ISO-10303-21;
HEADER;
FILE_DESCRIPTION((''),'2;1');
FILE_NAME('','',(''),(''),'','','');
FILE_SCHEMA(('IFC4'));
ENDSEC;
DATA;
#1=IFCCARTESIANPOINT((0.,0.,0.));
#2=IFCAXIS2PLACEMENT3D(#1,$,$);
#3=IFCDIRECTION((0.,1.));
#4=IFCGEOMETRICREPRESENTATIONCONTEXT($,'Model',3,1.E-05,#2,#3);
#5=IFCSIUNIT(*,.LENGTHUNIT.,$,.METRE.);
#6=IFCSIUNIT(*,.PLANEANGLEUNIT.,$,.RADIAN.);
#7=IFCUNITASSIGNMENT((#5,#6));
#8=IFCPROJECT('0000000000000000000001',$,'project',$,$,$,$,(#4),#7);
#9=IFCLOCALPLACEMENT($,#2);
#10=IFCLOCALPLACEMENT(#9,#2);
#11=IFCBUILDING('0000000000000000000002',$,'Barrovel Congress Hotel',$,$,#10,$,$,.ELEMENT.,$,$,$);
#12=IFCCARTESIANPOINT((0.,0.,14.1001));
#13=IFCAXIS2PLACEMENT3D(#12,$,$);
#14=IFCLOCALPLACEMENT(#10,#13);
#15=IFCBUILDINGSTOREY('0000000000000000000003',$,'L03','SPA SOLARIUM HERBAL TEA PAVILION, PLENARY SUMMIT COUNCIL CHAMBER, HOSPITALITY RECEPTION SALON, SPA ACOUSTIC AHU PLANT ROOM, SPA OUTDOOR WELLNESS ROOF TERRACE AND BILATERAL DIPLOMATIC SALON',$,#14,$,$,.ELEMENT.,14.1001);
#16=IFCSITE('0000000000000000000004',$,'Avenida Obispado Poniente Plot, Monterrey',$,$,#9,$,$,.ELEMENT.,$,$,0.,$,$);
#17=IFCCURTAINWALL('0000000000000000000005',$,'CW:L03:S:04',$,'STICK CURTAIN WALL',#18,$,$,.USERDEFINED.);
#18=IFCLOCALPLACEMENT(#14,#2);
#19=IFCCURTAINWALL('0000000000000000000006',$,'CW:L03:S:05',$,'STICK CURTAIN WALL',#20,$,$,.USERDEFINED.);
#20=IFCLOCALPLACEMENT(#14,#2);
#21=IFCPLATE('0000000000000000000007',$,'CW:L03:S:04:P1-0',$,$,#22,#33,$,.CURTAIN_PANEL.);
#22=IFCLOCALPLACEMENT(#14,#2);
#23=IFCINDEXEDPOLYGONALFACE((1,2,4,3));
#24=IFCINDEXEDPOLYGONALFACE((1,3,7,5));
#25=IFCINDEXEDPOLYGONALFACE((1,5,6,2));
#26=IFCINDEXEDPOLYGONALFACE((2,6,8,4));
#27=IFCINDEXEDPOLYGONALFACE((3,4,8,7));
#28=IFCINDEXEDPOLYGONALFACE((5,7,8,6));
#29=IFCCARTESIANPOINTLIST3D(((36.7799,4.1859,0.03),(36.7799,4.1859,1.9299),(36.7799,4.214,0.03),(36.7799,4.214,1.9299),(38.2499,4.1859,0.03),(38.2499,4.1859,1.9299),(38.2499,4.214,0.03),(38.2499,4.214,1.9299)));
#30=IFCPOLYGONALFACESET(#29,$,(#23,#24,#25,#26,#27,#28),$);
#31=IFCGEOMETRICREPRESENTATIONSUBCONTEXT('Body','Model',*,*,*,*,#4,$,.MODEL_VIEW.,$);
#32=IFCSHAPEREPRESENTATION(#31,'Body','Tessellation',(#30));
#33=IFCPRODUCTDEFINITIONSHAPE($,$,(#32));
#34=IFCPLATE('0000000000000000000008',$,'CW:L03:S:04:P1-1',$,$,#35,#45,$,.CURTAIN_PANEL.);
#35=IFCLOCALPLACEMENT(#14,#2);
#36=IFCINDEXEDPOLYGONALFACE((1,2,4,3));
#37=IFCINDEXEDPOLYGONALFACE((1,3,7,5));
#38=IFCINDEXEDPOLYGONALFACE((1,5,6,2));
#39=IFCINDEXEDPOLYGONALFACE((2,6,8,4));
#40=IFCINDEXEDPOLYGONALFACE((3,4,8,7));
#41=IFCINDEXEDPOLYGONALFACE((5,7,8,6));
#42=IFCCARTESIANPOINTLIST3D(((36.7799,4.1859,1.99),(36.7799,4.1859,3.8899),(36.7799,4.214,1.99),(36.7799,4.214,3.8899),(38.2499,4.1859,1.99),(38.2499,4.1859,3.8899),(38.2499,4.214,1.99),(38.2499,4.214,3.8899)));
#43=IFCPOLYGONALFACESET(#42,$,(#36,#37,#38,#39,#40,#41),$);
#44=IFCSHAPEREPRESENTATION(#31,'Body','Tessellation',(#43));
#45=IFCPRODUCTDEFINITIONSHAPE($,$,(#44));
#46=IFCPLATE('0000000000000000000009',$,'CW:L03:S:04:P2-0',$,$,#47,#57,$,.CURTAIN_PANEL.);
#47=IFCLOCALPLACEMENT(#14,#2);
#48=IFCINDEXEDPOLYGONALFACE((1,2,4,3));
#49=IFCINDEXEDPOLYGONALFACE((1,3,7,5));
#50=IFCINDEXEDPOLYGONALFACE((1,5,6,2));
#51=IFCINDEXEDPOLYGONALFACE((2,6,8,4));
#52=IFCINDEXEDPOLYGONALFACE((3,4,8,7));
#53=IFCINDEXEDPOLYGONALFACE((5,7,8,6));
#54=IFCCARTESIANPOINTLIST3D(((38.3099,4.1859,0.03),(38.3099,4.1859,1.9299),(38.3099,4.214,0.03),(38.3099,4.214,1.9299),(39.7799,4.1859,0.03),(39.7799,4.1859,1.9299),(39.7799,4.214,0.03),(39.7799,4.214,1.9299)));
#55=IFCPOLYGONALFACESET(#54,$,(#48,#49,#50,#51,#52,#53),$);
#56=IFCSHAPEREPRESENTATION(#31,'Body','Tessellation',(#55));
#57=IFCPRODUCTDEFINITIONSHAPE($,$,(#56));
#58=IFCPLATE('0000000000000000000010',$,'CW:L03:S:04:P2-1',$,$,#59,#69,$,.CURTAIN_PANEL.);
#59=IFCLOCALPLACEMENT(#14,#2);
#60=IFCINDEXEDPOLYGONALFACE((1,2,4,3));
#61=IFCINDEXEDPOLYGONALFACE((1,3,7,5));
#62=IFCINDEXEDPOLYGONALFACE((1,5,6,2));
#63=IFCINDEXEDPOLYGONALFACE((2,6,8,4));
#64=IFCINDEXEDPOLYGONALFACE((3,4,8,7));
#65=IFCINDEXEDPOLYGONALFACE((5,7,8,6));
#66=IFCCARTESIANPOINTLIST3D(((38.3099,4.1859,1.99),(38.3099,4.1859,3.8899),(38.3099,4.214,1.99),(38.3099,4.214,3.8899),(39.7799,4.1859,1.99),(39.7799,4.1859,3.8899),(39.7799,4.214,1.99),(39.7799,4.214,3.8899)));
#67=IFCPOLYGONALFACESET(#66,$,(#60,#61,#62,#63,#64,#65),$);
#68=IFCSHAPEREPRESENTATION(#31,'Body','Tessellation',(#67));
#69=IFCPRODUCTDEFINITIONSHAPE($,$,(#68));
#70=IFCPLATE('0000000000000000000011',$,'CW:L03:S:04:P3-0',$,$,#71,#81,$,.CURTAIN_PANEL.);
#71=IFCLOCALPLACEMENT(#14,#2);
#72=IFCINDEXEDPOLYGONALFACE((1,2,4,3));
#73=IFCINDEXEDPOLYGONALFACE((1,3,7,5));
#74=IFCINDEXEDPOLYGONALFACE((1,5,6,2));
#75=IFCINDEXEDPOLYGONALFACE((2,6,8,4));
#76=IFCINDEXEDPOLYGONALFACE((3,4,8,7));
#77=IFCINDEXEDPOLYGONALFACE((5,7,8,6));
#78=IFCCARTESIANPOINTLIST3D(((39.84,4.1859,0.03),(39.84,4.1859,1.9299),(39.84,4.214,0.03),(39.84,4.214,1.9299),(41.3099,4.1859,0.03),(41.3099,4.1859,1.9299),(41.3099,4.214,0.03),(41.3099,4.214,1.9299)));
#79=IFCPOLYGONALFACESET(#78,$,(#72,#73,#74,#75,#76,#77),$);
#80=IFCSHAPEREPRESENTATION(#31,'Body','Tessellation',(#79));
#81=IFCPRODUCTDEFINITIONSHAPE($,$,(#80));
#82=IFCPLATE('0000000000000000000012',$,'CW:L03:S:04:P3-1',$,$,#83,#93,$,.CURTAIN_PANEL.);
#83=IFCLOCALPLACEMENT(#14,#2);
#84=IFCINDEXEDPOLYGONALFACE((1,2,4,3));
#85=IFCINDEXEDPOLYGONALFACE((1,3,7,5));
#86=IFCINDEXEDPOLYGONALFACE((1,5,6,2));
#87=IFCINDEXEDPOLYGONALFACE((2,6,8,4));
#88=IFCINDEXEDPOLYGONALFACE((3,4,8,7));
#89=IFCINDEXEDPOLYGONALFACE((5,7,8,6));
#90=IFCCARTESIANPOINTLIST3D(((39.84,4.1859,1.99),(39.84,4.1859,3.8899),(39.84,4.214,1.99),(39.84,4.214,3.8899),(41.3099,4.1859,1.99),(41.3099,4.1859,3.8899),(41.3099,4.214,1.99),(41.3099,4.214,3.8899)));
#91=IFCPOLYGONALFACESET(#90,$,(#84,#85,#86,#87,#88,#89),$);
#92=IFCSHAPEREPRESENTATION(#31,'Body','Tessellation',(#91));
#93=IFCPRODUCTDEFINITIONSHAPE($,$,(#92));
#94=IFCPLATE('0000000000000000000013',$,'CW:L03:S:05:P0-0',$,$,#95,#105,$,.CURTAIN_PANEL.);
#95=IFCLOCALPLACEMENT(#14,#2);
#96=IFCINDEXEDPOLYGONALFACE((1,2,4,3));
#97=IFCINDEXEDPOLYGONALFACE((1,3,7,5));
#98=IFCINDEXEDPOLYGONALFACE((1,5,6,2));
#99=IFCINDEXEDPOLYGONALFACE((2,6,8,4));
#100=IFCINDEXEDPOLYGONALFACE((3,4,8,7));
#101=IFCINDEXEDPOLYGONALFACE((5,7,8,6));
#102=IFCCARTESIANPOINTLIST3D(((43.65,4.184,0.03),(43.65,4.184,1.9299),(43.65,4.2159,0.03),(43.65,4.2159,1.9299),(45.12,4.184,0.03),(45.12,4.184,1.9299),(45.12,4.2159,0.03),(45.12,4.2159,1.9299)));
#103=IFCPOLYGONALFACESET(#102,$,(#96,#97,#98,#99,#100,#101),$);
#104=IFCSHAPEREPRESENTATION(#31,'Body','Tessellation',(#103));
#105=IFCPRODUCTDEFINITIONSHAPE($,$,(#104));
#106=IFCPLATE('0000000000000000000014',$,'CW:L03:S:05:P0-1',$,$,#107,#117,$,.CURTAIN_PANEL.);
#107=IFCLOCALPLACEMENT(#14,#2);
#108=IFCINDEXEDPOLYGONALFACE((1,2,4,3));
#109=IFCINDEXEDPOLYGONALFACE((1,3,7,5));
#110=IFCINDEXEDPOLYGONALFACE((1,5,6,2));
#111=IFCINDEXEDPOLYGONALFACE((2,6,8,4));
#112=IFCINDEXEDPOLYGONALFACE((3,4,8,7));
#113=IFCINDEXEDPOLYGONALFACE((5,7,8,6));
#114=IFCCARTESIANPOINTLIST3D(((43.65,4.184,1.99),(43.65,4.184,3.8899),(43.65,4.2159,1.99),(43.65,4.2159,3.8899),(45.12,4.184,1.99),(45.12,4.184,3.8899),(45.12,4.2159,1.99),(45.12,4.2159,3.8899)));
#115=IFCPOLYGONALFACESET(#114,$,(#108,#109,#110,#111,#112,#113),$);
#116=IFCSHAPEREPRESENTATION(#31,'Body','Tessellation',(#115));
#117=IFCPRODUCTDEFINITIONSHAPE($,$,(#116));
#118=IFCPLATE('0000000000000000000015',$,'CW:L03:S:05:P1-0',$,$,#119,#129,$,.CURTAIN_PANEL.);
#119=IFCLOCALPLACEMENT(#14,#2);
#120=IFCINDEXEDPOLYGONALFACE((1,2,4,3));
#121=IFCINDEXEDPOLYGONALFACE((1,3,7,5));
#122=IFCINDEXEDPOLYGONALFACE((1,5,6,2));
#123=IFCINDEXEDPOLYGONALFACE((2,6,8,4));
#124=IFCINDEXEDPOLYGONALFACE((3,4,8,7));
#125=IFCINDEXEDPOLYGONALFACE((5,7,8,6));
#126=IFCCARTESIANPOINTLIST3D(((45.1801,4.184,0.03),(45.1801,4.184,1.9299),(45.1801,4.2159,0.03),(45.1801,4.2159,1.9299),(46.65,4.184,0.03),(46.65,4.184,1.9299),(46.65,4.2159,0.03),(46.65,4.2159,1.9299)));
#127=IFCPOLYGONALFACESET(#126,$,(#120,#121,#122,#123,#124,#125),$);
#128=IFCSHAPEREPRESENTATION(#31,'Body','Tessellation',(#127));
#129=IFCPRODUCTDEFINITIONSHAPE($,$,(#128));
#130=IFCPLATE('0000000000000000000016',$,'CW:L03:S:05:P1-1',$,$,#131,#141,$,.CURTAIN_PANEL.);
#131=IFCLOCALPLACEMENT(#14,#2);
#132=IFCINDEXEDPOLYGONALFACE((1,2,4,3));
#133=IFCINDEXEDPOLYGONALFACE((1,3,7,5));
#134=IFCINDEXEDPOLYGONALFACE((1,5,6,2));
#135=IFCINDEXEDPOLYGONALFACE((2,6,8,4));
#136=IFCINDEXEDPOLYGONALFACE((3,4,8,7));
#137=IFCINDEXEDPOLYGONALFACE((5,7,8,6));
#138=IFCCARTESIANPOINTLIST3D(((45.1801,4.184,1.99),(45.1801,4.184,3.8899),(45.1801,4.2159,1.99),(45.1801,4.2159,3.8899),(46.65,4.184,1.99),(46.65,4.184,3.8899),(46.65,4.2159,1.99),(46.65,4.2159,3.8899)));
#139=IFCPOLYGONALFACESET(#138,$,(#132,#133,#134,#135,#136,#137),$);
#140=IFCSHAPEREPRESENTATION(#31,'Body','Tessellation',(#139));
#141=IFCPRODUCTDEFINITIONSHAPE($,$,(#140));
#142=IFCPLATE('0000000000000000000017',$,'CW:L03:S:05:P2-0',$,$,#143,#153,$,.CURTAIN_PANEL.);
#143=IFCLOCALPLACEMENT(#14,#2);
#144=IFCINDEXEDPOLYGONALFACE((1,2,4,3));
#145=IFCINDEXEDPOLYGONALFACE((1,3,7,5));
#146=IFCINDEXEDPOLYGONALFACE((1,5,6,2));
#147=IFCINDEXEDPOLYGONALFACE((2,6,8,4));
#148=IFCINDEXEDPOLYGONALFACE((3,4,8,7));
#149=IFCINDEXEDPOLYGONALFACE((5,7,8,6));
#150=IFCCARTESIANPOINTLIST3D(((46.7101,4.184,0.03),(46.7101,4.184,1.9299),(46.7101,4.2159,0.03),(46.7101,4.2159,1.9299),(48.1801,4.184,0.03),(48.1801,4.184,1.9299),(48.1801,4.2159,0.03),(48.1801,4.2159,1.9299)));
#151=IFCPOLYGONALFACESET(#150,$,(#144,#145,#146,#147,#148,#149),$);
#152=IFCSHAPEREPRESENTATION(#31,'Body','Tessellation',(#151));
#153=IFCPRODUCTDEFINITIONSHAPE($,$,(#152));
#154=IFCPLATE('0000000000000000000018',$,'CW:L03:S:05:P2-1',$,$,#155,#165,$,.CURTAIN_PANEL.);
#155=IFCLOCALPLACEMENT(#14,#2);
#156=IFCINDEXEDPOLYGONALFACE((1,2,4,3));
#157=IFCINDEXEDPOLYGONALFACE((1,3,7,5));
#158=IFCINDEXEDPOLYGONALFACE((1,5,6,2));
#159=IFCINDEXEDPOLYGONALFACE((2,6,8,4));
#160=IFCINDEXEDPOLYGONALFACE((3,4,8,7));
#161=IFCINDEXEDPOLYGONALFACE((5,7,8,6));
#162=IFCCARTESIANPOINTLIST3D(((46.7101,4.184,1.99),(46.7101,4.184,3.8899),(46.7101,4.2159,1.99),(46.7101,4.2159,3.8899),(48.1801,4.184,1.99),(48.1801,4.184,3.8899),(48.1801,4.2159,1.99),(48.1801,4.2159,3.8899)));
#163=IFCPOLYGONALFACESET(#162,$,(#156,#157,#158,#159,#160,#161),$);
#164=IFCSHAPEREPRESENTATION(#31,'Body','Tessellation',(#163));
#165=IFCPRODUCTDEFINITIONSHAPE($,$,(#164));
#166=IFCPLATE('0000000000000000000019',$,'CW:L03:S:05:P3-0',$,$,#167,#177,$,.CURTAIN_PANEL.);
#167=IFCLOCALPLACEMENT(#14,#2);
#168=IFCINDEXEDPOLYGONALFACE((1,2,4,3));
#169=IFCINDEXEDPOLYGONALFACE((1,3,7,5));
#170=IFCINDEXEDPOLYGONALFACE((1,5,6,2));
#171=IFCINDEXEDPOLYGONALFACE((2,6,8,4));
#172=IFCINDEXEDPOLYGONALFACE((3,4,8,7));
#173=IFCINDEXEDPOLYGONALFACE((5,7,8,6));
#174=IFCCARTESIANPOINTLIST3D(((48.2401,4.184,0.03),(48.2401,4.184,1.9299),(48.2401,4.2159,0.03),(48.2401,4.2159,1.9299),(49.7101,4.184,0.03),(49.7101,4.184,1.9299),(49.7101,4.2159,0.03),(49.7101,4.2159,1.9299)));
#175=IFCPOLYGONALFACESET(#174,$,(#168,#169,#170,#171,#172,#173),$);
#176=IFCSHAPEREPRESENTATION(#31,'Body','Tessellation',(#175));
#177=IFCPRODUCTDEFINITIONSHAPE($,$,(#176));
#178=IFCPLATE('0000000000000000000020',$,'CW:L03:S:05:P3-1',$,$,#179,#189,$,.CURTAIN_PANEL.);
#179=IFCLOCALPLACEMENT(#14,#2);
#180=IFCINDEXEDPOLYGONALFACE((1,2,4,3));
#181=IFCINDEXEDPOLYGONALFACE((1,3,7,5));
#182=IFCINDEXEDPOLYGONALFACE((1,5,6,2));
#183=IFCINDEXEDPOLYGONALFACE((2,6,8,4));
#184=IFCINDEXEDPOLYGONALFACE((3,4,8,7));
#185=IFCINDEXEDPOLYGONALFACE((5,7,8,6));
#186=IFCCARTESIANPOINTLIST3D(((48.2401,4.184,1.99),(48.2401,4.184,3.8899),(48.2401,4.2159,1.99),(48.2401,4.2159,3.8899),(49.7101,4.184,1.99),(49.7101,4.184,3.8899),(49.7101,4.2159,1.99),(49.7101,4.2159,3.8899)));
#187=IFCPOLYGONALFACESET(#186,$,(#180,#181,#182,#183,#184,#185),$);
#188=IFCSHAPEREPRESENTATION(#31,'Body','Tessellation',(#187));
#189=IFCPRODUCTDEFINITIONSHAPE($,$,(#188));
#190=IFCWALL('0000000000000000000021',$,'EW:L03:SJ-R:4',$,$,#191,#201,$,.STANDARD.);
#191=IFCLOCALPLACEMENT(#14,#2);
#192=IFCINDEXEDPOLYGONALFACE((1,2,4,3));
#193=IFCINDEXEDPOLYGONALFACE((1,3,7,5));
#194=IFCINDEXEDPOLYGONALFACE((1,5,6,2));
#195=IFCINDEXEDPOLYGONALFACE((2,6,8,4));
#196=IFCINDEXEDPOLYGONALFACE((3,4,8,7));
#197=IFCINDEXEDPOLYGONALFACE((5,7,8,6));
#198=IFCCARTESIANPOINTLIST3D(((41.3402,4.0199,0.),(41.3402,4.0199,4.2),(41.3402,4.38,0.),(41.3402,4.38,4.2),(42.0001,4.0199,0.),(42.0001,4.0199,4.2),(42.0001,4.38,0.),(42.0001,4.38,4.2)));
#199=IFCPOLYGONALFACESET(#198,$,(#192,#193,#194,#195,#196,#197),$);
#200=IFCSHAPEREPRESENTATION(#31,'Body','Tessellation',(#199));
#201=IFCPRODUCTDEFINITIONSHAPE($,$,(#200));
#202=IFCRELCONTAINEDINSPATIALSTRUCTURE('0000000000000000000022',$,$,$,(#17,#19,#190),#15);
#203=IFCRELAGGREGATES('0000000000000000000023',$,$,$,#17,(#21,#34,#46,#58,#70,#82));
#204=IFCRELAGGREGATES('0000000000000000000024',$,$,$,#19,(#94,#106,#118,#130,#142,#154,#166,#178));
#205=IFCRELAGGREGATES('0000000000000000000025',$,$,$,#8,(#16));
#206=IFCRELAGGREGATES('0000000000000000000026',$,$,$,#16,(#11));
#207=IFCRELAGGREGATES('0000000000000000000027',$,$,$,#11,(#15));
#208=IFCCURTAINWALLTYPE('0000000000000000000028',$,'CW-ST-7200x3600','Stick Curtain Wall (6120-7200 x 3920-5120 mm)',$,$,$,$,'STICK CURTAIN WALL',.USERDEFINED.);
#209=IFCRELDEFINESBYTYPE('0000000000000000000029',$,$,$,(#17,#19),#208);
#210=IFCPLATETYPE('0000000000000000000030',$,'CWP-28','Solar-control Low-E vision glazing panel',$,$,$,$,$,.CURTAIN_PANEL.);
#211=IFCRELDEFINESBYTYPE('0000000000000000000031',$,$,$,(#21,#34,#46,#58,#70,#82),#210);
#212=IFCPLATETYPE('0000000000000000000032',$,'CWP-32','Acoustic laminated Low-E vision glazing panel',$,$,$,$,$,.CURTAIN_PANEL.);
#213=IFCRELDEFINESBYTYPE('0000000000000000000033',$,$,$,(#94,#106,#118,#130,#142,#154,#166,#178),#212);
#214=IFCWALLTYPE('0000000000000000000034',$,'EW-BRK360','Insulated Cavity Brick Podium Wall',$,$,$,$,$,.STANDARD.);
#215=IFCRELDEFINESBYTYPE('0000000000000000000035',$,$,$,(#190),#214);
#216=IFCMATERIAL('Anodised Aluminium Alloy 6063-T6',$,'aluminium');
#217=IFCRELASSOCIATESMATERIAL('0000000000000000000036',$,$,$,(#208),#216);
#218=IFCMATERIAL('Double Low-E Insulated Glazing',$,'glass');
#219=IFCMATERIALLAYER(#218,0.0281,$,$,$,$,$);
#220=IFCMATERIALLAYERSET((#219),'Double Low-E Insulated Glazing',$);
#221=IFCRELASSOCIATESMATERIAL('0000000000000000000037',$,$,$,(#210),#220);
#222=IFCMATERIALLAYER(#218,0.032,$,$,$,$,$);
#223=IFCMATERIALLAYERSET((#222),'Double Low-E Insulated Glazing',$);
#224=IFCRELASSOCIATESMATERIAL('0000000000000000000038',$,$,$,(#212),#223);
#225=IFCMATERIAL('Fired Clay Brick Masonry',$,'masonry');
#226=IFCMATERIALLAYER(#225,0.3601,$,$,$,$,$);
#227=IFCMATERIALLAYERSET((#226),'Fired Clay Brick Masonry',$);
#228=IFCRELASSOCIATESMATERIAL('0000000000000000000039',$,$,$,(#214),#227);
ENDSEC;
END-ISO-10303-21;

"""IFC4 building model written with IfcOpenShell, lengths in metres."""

from ifc_helpers import new_model, si_unit, direction, frame, frame_2d, origin, origin_2d, place, context, subcontext, project, spatial, rectangle, extrude, material, layer, layer_set, type_object, element, aggregate, save


model = new_model("IFC4")

# Units and contexts
model_context = context("Model", 3, precision=1e-05, world=origin(), true_north=direction((0.0, 1.0)))
body_context = subcontext(model_context, "Body", "Model", "MODEL_VIEW")
ifc_project = project(units=[si_unit("LENGTHUNIT", "METRE"), si_unit("PLANEANGLEUNIT", "RADIAN")], contexts=[model_context])

# Site, building, storey
site_placement = place(None, origin())
site = spatial("IfcSite", under=ifc_project, at=site_placement, Name="Avenida Obispado Poniente Plot, Monterrey", CompositionType="ELEMENT", RefElevation=0.0)
building_placement = place(site_placement, origin())
building = spatial("IfcBuilding", under=site, at=building_placement, Name="Barrovel Congress Hotel", CompositionType="ELEMENT")
storey_placement = place(building_placement, frame((0.0, 0.0, 14.1001)))
storey = spatial("IfcBuildingStorey", under=building, at=storey_placement, Name="L03", Description="SPA SOLARIUM HERBAL TEA PAVILION, PLENARY SUMMIT COUNCIL CHAMBER, HOSPITALITY RECEPTION SALON, SPA ACOUSTIC AHU PLANT ROOM, SPA OUTDOOR WELLNESS ROOF TERRACE AND BILATERAL DIPLOMATIC SALON", CompositionType="ELEMENT", Elevation=14.1001)

# Curtain walls
ifc_material_1 = material(Name="Anodised Aluminium Alloy 6063-T6", Category="aluminium")
curtain_wall_type = type_object("IfcCurtainWallType", Name="CW-ST-7200x3600", Description="Stick Curtain Wall (6120-7200 x 3920-5120 mm)", ElementType="STICK CURTAIN WALL", PredefinedType="USERDEFINED", material=ifc_material_1)
curtain_wall_1_placement = place(storey_placement, origin())
curtain_wall_1 = element("IfcCurtainWall", 1, at=curtain_wall_1_placement, inside=storey, type_object=curtain_wall_type, Name="CW:L03:S:04", ObjectType="STICK CURTAIN WALL", PredefinedType="USERDEFINED")
curtain_wall_2_placement = place(storey_placement, origin())
curtain_wall_2 = element("IfcCurtainWall", 2, at=curtain_wall_2_placement, inside=storey, type_object=curtain_wall_type, Name="CW:L03:S:05", ObjectType="STICK CURTAIN WALL", PredefinedType="USERDEFINED")

# Plates
ifc_material_2 = material(Name="Double Low-E Insulated Glazing", Category="glass")
ifc_layer_1 = layer(ifc_material_2, 0.0281)
ifc_layer_set_1 = layer_set([ifc_layer_1], Name="Double Low-E Insulated Glazing")
plate_type_1 = type_object("IfcPlateType", Name="CWP-28", Description="Solar-control Low-E vision glazing panel", PredefinedType="CURTAIN_PANEL", material=ifc_layer_set_1)
plate_1_placement = place(storey_placement, frame((37.5149, 4.2, 0.03), z_axis=(0.0, 0.0, 1.0), x_axis=(1.0, 0.0, 0.0)))
plate_1 = element("IfcPlate", 3, at=plate_1_placement, type_object=plate_type_1, Name="CW:L03:S:04:P1-0", PredefinedType="CURTAIN_PANEL", context=body_context, shape_type="SweptSolid", body=[
    extrude(rectangle(XDim=1.47, YDim=0.0281, at=origin_2d()), origin(), (0.0, 0.0, 1.0), 1.8999),
])
plate_2_placement = place(storey_placement, frame((37.5149, 4.2, 1.99), z_axis=(0.0, 0.0, 1.0), x_axis=(1.0, 0.0, 0.0)))
plate_2 = element("IfcPlate", 4, at=plate_2_placement, type_object=plate_type_1, Name="CW:L03:S:04:P1-1", PredefinedType="CURTAIN_PANEL", context=body_context, shape_type="SweptSolid", body=[
    extrude(rectangle(XDim=1.47, YDim=0.0281, at=origin_2d()), origin(), (0.0, 0.0, 1.0), 1.8999),
])
plate_3_placement = place(storey_placement, frame((39.0449, 4.2, 0.03), z_axis=(0.0, 0.0, 1.0), x_axis=(1.0, 0.0, 0.0)))
plate_3 = element("IfcPlate", 5, at=plate_3_placement, type_object=plate_type_1, Name="CW:L03:S:04:P2-0", PredefinedType="CURTAIN_PANEL", context=body_context, shape_type="SweptSolid", body=[
    extrude(rectangle(XDim=1.47, YDim=0.0281, at=origin_2d()), origin(), (0.0, 0.0, 1.0), 1.8999),
])
plate_4_placement = place(storey_placement, frame((39.0449, 4.2, 1.99), z_axis=(0.0, 0.0, 1.0), x_axis=(1.0, 0.0, 0.0)))
plate_4 = element("IfcPlate", 6, at=plate_4_placement, type_object=plate_type_1, Name="CW:L03:S:04:P2-1", PredefinedType="CURTAIN_PANEL", context=body_context, shape_type="SweptSolid", body=[
    extrude(rectangle(XDim=1.47, YDim=0.0281, at=origin_2d()), origin(), (0.0, 0.0, 1.0), 1.8999),
])
plate_5_placement = place(storey_placement, frame((40.575, 4.2, 0.03), z_axis=(0.0, 0.0, 1.0), x_axis=(1.0, 0.0, 0.0)))
plate_5 = element("IfcPlate", 7, at=plate_5_placement, type_object=plate_type_1, Name="CW:L03:S:04:P3-0", PredefinedType="CURTAIN_PANEL", context=body_context, shape_type="SweptSolid", body=[
    extrude(rectangle(XDim=1.47, YDim=0.0281, at=origin_2d()), origin(), (0.0, 0.0, 1.0), 1.8999),
])
plate_6_placement = place(storey_placement, frame((40.575, 4.2, 1.99), z_axis=(0.0, 0.0, 1.0), x_axis=(1.0, 0.0, 0.0)))
plate_6 = element("IfcPlate", 8, at=plate_6_placement, type_object=plate_type_1, Name="CW:L03:S:04:P3-1", PredefinedType="CURTAIN_PANEL", context=body_context, shape_type="SweptSolid", body=[
    extrude(rectangle(XDim=1.47, YDim=0.0281, at=origin_2d()), origin(), (0.0, 0.0, 1.0), 1.8999),
])
aggregate(curtain_wall_1, [plate_1, plate_2, plate_3, plate_4, plate_5, plate_6])
ifc_layer_2 = layer(ifc_material_2, 0.032)
ifc_layer_set_2 = layer_set([ifc_layer_2], Name="Double Low-E Insulated Glazing")
plate_type_2 = type_object("IfcPlateType", Name="CWP-32", Description="Acoustic laminated Low-E vision glazing panel", PredefinedType="CURTAIN_PANEL", material=ifc_layer_set_2)
plate_7_placement = place(storey_placement, frame((44.385, 4.2, 0.03), z_axis=(0.0, 0.0, 1.0), x_axis=(1.0, 0.0, 0.0)))
plate_7 = element("IfcPlate", 9, at=plate_7_placement, type_object=plate_type_2, Name="CW:L03:S:05:P0-0", PredefinedType="CURTAIN_PANEL", context=body_context, shape_type="SweptSolid", body=[
    extrude(rectangle(XDim=1.47, YDim=0.032, at=origin_2d()), origin(), (0.0, 0.0, 1.0), 1.8999),
])
plate_8_placement = place(storey_placement, frame((44.385, 4.2, 1.99), z_axis=(0.0, 0.0, 1.0), x_axis=(1.0, 0.0, 0.0)))
plate_8 = element("IfcPlate", 10, at=plate_8_placement, type_object=plate_type_2, Name="CW:L03:S:05:P0-1", PredefinedType="CURTAIN_PANEL", context=body_context, shape_type="SweptSolid", body=[
    extrude(rectangle(XDim=1.47, YDim=0.032, at=origin_2d()), origin(), (0.0, 0.0, 1.0), 1.8999),
])
plate_9_placement = place(storey_placement, frame((45.915, 4.2, 0.03), z_axis=(0.0, 0.0, 1.0), x_axis=(1.0, 0.0, 0.0)))
plate_9 = element("IfcPlate", 11, at=plate_9_placement, type_object=plate_type_2, Name="CW:L03:S:05:P1-0", PredefinedType="CURTAIN_PANEL", context=body_context, shape_type="SweptSolid", body=[
    extrude(rectangle(XDim=1.47, YDim=0.032, at=origin_2d()), origin(), (0.0, 0.0, 1.0), 1.8999),
])
plate_10_placement = place(storey_placement, frame((45.915, 4.2, 1.99), z_axis=(0.0, 0.0, 1.0), x_axis=(1.0, 0.0, 0.0)))
plate_10 = element("IfcPlate", 12, at=plate_10_placement, type_object=plate_type_2, Name="CW:L03:S:05:P1-1", PredefinedType="CURTAIN_PANEL", context=body_context, shape_type="SweptSolid", body=[
    extrude(rectangle(XDim=1.47, YDim=0.032, at=origin_2d()), origin(), (0.0, 0.0, 1.0), 1.8999),
])
plate_11_placement = place(storey_placement, frame((47.4451, 4.2, 0.03), z_axis=(0.0, 0.0, 1.0), x_axis=(1.0, 0.0, 0.0)))
plate_11 = element("IfcPlate", 13, at=plate_11_placement, type_object=plate_type_2, Name="CW:L03:S:05:P2-0", PredefinedType="CURTAIN_PANEL", context=body_context, shape_type="SweptSolid", body=[
    extrude(rectangle(XDim=1.47, YDim=0.032, at=origin_2d()), origin(), (0.0, 0.0, 1.0), 1.8999),
])
plate_12_placement = place(storey_placement, frame((47.4451, 4.2, 1.99), z_axis=(0.0, 0.0, 1.0), x_axis=(1.0, 0.0, 0.0)))
plate_12 = element("IfcPlate", 14, at=plate_12_placement, type_object=plate_type_2, Name="CW:L03:S:05:P2-1", PredefinedType="CURTAIN_PANEL", context=body_context, shape_type="SweptSolid", body=[
    extrude(rectangle(XDim=1.47, YDim=0.032, at=origin_2d()), origin(), (0.0, 0.0, 1.0), 1.8999),
])
plate_13_placement = place(storey_placement, frame((48.9751, 4.2, 0.03), z_axis=(0.0, 0.0, 1.0), x_axis=(1.0, 0.0, 0.0)))
plate_13 = element("IfcPlate", 15, at=plate_13_placement, type_object=plate_type_2, Name="CW:L03:S:05:P3-0", PredefinedType="CURTAIN_PANEL", context=body_context, shape_type="SweptSolid", body=[
    extrude(rectangle(XDim=1.47, YDim=0.032, at=origin_2d()), origin(), (0.0, 0.0, 1.0), 1.8999),
])
plate_14_placement = place(storey_placement, frame((48.9751, 4.2, 1.99), z_axis=(0.0, 0.0, 1.0), x_axis=(1.0, 0.0, 0.0)))
plate_14 = element("IfcPlate", 16, at=plate_14_placement, type_object=plate_type_2, Name="CW:L03:S:05:P3-1", PredefinedType="CURTAIN_PANEL", context=body_context, shape_type="SweptSolid", body=[
    extrude(rectangle(XDim=1.47, YDim=0.032, at=origin_2d()), origin(), (0.0, 0.0, 1.0), 1.8999),
])
aggregate(curtain_wall_2, [plate_7, plate_8, plate_9, plate_10, plate_11, plate_12, plate_13, plate_14])

# Wall
ifc_material_3 = material(Name="Fired Clay Brick Masonry", Category="masonry")
ifc_layer_3 = layer(ifc_material_3, 0.3601)
ifc_layer_set_3 = layer_set([ifc_layer_3], Name="Fired Clay Brick Masonry")
wall_type = type_object("IfcWallType", Name="EW-BRK360", Description="Insulated Cavity Brick Podium Wall", PredefinedType="STANDARD", material=ifc_layer_set_3)
wall_1_placement = place(storey_placement, frame((41.3401, 4.2, 0.0), z_axis=(0.0, 0.0, 1.0), x_axis=(1.0, 0.0, 0.0)))
element("IfcWall", 17, at=wall_1_placement, inside=storey, type_object=wall_type, Name="EW:L03:SJ-R:4", PredefinedType="STANDARD", context=body_context, shape_type="SweptSolid", body=[
    extrude(rectangle(XDim=0.6599, YDim=0.3601, at=frame_2d((0.3301, 0.0))), origin(), (0.0, 0.0, 1.0), 4.2),
])

save(model, "model.ifc")
